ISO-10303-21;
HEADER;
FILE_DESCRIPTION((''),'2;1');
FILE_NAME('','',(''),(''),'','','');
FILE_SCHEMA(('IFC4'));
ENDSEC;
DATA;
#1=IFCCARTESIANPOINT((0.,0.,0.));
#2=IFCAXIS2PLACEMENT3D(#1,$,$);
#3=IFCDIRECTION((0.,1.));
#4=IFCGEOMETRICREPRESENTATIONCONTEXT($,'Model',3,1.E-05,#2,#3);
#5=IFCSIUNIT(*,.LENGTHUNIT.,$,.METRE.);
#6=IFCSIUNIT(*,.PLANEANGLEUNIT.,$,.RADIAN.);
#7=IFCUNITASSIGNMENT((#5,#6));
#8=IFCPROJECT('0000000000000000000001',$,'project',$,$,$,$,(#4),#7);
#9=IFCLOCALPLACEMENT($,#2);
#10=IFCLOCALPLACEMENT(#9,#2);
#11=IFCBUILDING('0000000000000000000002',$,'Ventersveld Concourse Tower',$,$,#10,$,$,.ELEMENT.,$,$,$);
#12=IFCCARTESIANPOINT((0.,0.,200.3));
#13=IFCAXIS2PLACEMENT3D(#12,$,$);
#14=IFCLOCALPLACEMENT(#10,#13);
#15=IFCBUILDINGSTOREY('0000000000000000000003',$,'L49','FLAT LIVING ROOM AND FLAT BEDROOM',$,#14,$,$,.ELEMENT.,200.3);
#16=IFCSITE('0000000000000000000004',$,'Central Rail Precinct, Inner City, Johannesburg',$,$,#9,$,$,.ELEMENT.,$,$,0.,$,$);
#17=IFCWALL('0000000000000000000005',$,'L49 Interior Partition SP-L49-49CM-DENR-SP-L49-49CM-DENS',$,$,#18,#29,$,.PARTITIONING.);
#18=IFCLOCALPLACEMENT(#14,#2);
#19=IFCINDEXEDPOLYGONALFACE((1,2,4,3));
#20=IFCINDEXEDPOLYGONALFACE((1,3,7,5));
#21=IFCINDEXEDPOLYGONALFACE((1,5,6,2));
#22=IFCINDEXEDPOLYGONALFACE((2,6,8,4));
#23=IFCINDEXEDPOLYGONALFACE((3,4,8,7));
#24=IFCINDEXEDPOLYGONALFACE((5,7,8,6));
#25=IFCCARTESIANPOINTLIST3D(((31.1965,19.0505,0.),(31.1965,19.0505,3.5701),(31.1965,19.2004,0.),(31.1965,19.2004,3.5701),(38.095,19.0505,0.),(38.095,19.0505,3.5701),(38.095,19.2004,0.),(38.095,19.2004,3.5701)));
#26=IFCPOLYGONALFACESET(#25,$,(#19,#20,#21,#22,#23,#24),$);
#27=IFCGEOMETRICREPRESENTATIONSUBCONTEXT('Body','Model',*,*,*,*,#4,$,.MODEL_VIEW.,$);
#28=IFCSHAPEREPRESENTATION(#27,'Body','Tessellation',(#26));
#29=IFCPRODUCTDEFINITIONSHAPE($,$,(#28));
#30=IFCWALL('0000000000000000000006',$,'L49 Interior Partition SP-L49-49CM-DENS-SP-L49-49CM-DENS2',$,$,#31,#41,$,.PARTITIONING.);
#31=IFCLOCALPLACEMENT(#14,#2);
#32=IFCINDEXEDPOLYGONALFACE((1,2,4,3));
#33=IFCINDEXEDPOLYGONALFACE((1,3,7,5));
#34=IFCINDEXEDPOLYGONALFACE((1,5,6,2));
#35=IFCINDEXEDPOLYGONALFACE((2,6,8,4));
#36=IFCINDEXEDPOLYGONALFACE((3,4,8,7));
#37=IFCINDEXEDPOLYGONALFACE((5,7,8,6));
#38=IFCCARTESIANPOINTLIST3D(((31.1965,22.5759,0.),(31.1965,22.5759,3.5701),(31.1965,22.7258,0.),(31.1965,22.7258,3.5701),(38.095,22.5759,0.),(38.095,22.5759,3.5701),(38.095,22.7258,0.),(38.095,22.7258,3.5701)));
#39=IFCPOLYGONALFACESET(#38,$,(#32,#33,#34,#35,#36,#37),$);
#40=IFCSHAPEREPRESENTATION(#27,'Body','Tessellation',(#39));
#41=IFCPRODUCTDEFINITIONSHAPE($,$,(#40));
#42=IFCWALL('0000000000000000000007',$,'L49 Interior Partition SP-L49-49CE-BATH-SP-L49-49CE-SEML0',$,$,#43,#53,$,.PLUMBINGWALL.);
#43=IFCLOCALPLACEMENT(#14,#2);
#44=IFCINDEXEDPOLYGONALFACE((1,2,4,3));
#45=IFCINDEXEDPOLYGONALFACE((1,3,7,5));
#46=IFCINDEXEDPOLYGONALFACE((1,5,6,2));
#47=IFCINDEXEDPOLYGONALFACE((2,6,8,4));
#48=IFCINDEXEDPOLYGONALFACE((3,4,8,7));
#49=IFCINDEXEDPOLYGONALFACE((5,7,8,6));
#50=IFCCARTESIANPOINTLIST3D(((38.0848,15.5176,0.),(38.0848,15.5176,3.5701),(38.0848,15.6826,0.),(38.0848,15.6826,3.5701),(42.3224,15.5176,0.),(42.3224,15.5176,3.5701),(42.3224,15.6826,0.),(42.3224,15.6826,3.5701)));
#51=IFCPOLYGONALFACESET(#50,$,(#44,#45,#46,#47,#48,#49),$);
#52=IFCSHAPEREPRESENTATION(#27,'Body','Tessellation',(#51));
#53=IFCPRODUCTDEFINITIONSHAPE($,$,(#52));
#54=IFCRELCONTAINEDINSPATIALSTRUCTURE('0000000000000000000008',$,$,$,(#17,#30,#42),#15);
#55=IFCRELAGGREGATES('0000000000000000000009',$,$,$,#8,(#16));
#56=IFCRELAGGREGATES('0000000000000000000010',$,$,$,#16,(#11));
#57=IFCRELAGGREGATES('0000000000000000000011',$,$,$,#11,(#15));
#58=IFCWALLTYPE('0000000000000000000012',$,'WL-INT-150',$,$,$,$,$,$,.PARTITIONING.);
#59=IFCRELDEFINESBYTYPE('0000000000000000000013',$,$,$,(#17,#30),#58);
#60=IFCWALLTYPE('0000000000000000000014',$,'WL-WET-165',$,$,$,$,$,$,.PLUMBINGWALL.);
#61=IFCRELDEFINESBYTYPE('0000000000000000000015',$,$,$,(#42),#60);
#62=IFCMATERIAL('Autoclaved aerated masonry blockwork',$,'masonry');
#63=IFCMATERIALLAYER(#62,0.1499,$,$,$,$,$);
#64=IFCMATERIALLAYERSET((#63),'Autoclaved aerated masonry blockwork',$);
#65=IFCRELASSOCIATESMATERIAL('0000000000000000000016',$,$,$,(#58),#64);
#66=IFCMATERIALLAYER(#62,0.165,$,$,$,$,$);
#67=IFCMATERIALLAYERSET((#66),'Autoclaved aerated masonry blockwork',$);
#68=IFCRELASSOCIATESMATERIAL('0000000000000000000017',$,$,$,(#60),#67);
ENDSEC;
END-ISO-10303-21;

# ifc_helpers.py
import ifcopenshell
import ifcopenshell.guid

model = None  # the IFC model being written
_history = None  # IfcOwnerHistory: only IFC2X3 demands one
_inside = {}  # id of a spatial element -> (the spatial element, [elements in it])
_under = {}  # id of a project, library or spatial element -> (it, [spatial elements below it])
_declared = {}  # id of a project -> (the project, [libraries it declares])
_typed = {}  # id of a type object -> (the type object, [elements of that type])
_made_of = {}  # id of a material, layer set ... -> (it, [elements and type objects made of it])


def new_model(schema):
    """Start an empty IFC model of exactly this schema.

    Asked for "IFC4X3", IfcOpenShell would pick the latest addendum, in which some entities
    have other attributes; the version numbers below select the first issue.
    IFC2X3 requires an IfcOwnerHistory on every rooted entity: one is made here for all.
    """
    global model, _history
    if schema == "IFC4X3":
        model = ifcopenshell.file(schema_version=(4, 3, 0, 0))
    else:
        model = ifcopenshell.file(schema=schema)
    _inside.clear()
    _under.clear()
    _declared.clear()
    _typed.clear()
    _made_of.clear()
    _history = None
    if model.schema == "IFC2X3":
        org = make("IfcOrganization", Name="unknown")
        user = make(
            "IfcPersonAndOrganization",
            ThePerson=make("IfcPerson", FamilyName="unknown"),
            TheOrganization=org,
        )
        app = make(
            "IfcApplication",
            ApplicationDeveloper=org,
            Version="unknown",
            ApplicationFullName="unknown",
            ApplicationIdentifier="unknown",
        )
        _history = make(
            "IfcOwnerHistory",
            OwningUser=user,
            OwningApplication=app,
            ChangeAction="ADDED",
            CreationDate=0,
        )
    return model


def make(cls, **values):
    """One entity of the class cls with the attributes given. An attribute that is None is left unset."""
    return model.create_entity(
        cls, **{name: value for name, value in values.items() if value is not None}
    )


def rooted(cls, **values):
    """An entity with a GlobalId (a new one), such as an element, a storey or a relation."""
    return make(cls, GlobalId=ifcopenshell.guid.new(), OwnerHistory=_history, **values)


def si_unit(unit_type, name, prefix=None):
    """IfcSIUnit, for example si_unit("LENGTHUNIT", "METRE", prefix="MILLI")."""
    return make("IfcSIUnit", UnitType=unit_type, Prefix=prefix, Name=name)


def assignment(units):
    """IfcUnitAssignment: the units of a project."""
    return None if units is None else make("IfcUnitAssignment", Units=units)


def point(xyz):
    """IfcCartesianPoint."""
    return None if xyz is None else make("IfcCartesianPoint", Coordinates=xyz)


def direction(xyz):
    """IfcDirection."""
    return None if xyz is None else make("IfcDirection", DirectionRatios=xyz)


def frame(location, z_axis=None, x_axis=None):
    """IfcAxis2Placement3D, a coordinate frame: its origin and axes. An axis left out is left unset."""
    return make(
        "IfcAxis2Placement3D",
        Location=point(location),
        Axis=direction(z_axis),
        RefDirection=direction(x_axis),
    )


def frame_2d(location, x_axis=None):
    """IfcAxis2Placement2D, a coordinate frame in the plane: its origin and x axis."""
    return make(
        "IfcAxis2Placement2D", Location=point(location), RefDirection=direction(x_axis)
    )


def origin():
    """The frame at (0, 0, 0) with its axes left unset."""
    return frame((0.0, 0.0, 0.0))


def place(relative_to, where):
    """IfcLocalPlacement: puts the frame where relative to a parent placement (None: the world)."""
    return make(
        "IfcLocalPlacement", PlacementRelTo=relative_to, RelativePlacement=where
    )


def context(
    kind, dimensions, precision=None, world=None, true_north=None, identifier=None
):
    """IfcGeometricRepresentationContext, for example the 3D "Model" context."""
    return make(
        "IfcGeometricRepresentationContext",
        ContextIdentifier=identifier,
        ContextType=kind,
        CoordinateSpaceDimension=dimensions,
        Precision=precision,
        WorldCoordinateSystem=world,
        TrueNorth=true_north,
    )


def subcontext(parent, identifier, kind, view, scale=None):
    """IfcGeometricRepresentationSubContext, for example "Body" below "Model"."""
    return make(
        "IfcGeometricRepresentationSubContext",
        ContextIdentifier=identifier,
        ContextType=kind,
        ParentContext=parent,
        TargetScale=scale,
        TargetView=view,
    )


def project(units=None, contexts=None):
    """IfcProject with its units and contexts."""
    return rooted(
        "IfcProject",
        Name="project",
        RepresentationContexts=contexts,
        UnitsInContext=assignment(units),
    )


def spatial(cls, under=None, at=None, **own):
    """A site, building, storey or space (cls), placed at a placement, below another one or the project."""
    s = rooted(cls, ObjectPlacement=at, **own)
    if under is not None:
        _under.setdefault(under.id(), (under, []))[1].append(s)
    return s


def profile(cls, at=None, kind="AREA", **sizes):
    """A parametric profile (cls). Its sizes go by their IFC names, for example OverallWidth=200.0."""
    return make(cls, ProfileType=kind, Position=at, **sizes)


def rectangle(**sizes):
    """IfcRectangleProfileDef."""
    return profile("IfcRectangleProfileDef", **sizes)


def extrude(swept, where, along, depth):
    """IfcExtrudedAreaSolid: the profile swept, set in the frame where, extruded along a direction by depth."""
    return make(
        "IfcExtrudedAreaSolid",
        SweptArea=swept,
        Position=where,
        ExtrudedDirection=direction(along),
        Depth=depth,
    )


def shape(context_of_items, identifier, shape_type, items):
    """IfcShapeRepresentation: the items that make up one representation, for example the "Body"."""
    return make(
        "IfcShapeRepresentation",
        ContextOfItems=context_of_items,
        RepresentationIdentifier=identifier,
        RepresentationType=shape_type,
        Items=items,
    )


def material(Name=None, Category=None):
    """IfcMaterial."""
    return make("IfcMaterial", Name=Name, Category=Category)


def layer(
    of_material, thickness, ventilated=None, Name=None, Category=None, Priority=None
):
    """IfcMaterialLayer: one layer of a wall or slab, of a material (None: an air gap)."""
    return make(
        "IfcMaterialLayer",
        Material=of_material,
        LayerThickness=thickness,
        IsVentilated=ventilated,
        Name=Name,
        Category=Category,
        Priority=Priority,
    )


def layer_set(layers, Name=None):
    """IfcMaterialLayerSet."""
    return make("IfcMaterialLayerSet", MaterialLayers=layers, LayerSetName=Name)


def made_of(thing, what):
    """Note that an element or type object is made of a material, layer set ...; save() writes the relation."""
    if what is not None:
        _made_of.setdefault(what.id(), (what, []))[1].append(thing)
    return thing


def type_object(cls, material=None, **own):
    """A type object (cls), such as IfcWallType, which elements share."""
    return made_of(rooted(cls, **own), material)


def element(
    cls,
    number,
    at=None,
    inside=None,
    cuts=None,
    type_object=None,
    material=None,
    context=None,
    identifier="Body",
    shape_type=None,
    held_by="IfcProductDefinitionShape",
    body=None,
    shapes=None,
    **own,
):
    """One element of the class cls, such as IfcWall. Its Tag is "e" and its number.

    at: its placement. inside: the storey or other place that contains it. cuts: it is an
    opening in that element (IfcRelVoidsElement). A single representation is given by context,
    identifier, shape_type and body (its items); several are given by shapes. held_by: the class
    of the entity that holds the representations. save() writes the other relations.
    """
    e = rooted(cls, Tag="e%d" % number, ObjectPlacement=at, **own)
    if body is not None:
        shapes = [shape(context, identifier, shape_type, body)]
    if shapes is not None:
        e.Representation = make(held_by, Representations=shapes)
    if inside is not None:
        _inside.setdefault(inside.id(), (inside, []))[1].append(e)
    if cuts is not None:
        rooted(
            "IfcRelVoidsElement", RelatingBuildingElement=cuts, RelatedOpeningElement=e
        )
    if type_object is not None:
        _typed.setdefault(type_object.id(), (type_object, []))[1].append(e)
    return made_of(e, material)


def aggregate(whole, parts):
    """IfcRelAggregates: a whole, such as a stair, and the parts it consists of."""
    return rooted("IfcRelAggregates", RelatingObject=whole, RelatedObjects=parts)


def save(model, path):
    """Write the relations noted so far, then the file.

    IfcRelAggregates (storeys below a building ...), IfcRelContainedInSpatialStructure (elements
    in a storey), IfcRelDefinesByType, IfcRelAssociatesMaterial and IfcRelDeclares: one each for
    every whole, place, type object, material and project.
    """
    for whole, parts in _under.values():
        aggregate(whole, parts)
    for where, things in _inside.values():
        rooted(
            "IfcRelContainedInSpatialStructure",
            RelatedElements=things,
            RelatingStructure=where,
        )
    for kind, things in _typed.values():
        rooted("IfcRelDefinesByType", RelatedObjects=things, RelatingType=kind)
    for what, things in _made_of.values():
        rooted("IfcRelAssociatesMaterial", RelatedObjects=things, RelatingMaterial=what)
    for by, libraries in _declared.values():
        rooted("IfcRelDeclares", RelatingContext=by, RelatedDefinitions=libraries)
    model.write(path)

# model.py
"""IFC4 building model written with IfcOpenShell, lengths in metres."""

from ifc_helpers import new_model, si_unit, direction, frame, frame_2d, origin, place, context, subcontext, project, spatial, rectangle, extrude, material, layer, layer_set, type_object, element, save


model = new_model("IFC4")

# Units and contexts
model_context = context("Model", 3, precision=1e-05, world=origin(), true_north=direction((0.0, 1.0)))
body_context = subcontext(model_context, "Body", "Model", "MODEL_VIEW")
ifc_project = project(units=[si_unit("LENGTHUNIT", "METRE"), si_unit("PLANEANGLEUNIT", "RADIAN")], contexts=[model_context])

# Site, building, storey
site_placement = place(None, origin())
site = spatial("IfcSite", under=ifc_project, at=site_placement, Name="Central Rail Precinct, Inner City, Johannesburg", CompositionType="ELEMENT", RefElevation=0.0)
building_placement = place(site_placement, origin())
building = spatial("IfcBuilding", under=site, at=building_placement, Name="Ventersveld Concourse Tower", CompositionType="ELEMENT")
storey_placement = place(building_placement, frame((0.0, 0.0, 200.3)))
storey = spatial("IfcBuildingStorey", under=building, at=storey_placement, Name="L49", Description="FLAT LIVING ROOM AND FLAT BEDROOM", CompositionType="ELEMENT", Elevation=200.3)

# Shared definitions
ifc_material_1 = material(Name="Autoclaved aerated masonry blockwork", Category="masonry")
ifc_layer_1 = layer(ifc_material_1, 0.1499)
ifc_layer_set_1 = layer_set([ifc_layer_1], Name="Autoclaved aerated masonry blockwork")
wall_type_1 = type_object("IfcWallType", Name="WL-INT-150", PredefinedType="PARTITIONING", material=ifc_layer_set_1)

# Walls
for number, where, z_axis, x_axis, name in (
    (1, (31.1965, 19.1255, 0.0), (0.0, 0.0, 1.0), (1.0, 0.0, 0.0), "L49 Interior Partition SP-L49-49CM-DENR-SP-L49-49CM-DENS"),
    (2, (31.1965, 22.6509, 0.0), (0.0, 0.0, 1.0), (1.0, 0.0, 0.0), "L49 Interior Partition SP-L49-49CM-DENS-SP-L49-49CM-DENS2"),
):
    element("IfcWall", number, at=place(storey_placement, frame(where, z_axis=z_axis, x_axis=x_axis)), inside=storey, type_object=wall_type_1, Name=name, PredefinedType="PARTITIONING", context=body_context, shape_type="SweptSolid", body=[
        extrude(rectangle(XDim=6.8984, YDim=0.1499, at=frame_2d((3.4492, 0.0))), origin(), (0.0, 0.0, 1.0), 3.5701),
    ])
ifc_layer_2 = layer(ifc_material_1, 0.165)
ifc_layer_set_2 = layer_set([ifc_layer_2], Name="Autoclaved aerated masonry blockwork")
wall_type_2 = type_object("IfcWallType", Name="WL-WET-165", PredefinedType="PLUMBINGWALL", material=ifc_layer_set_2)
wall_1_placement = place(storey_placement, frame((38.085, 15.6001, 0.0), z_axis=(0.0, 0.0, 1.0), x_axis=(1.0, 0.0, 0.0)))
element("IfcWall", 3, at=wall_1_placement, inside=storey, type_object=wall_type_2, Name="L49 Interior Partition SP-L49-49CE-BATH-SP-L49-49CE-SEML0", PredefinedType="PLUMBINGWALL", context=body_context, shape_type="SweptSolid", body=[
    extrude(rectangle(XDim=4.2375, YDim=0.165, at=frame_2d((2.1187, 0.0))), origin(), (0.0, 0.0, 1.0), 3.5701),
])

save(model, "model.ifc")
